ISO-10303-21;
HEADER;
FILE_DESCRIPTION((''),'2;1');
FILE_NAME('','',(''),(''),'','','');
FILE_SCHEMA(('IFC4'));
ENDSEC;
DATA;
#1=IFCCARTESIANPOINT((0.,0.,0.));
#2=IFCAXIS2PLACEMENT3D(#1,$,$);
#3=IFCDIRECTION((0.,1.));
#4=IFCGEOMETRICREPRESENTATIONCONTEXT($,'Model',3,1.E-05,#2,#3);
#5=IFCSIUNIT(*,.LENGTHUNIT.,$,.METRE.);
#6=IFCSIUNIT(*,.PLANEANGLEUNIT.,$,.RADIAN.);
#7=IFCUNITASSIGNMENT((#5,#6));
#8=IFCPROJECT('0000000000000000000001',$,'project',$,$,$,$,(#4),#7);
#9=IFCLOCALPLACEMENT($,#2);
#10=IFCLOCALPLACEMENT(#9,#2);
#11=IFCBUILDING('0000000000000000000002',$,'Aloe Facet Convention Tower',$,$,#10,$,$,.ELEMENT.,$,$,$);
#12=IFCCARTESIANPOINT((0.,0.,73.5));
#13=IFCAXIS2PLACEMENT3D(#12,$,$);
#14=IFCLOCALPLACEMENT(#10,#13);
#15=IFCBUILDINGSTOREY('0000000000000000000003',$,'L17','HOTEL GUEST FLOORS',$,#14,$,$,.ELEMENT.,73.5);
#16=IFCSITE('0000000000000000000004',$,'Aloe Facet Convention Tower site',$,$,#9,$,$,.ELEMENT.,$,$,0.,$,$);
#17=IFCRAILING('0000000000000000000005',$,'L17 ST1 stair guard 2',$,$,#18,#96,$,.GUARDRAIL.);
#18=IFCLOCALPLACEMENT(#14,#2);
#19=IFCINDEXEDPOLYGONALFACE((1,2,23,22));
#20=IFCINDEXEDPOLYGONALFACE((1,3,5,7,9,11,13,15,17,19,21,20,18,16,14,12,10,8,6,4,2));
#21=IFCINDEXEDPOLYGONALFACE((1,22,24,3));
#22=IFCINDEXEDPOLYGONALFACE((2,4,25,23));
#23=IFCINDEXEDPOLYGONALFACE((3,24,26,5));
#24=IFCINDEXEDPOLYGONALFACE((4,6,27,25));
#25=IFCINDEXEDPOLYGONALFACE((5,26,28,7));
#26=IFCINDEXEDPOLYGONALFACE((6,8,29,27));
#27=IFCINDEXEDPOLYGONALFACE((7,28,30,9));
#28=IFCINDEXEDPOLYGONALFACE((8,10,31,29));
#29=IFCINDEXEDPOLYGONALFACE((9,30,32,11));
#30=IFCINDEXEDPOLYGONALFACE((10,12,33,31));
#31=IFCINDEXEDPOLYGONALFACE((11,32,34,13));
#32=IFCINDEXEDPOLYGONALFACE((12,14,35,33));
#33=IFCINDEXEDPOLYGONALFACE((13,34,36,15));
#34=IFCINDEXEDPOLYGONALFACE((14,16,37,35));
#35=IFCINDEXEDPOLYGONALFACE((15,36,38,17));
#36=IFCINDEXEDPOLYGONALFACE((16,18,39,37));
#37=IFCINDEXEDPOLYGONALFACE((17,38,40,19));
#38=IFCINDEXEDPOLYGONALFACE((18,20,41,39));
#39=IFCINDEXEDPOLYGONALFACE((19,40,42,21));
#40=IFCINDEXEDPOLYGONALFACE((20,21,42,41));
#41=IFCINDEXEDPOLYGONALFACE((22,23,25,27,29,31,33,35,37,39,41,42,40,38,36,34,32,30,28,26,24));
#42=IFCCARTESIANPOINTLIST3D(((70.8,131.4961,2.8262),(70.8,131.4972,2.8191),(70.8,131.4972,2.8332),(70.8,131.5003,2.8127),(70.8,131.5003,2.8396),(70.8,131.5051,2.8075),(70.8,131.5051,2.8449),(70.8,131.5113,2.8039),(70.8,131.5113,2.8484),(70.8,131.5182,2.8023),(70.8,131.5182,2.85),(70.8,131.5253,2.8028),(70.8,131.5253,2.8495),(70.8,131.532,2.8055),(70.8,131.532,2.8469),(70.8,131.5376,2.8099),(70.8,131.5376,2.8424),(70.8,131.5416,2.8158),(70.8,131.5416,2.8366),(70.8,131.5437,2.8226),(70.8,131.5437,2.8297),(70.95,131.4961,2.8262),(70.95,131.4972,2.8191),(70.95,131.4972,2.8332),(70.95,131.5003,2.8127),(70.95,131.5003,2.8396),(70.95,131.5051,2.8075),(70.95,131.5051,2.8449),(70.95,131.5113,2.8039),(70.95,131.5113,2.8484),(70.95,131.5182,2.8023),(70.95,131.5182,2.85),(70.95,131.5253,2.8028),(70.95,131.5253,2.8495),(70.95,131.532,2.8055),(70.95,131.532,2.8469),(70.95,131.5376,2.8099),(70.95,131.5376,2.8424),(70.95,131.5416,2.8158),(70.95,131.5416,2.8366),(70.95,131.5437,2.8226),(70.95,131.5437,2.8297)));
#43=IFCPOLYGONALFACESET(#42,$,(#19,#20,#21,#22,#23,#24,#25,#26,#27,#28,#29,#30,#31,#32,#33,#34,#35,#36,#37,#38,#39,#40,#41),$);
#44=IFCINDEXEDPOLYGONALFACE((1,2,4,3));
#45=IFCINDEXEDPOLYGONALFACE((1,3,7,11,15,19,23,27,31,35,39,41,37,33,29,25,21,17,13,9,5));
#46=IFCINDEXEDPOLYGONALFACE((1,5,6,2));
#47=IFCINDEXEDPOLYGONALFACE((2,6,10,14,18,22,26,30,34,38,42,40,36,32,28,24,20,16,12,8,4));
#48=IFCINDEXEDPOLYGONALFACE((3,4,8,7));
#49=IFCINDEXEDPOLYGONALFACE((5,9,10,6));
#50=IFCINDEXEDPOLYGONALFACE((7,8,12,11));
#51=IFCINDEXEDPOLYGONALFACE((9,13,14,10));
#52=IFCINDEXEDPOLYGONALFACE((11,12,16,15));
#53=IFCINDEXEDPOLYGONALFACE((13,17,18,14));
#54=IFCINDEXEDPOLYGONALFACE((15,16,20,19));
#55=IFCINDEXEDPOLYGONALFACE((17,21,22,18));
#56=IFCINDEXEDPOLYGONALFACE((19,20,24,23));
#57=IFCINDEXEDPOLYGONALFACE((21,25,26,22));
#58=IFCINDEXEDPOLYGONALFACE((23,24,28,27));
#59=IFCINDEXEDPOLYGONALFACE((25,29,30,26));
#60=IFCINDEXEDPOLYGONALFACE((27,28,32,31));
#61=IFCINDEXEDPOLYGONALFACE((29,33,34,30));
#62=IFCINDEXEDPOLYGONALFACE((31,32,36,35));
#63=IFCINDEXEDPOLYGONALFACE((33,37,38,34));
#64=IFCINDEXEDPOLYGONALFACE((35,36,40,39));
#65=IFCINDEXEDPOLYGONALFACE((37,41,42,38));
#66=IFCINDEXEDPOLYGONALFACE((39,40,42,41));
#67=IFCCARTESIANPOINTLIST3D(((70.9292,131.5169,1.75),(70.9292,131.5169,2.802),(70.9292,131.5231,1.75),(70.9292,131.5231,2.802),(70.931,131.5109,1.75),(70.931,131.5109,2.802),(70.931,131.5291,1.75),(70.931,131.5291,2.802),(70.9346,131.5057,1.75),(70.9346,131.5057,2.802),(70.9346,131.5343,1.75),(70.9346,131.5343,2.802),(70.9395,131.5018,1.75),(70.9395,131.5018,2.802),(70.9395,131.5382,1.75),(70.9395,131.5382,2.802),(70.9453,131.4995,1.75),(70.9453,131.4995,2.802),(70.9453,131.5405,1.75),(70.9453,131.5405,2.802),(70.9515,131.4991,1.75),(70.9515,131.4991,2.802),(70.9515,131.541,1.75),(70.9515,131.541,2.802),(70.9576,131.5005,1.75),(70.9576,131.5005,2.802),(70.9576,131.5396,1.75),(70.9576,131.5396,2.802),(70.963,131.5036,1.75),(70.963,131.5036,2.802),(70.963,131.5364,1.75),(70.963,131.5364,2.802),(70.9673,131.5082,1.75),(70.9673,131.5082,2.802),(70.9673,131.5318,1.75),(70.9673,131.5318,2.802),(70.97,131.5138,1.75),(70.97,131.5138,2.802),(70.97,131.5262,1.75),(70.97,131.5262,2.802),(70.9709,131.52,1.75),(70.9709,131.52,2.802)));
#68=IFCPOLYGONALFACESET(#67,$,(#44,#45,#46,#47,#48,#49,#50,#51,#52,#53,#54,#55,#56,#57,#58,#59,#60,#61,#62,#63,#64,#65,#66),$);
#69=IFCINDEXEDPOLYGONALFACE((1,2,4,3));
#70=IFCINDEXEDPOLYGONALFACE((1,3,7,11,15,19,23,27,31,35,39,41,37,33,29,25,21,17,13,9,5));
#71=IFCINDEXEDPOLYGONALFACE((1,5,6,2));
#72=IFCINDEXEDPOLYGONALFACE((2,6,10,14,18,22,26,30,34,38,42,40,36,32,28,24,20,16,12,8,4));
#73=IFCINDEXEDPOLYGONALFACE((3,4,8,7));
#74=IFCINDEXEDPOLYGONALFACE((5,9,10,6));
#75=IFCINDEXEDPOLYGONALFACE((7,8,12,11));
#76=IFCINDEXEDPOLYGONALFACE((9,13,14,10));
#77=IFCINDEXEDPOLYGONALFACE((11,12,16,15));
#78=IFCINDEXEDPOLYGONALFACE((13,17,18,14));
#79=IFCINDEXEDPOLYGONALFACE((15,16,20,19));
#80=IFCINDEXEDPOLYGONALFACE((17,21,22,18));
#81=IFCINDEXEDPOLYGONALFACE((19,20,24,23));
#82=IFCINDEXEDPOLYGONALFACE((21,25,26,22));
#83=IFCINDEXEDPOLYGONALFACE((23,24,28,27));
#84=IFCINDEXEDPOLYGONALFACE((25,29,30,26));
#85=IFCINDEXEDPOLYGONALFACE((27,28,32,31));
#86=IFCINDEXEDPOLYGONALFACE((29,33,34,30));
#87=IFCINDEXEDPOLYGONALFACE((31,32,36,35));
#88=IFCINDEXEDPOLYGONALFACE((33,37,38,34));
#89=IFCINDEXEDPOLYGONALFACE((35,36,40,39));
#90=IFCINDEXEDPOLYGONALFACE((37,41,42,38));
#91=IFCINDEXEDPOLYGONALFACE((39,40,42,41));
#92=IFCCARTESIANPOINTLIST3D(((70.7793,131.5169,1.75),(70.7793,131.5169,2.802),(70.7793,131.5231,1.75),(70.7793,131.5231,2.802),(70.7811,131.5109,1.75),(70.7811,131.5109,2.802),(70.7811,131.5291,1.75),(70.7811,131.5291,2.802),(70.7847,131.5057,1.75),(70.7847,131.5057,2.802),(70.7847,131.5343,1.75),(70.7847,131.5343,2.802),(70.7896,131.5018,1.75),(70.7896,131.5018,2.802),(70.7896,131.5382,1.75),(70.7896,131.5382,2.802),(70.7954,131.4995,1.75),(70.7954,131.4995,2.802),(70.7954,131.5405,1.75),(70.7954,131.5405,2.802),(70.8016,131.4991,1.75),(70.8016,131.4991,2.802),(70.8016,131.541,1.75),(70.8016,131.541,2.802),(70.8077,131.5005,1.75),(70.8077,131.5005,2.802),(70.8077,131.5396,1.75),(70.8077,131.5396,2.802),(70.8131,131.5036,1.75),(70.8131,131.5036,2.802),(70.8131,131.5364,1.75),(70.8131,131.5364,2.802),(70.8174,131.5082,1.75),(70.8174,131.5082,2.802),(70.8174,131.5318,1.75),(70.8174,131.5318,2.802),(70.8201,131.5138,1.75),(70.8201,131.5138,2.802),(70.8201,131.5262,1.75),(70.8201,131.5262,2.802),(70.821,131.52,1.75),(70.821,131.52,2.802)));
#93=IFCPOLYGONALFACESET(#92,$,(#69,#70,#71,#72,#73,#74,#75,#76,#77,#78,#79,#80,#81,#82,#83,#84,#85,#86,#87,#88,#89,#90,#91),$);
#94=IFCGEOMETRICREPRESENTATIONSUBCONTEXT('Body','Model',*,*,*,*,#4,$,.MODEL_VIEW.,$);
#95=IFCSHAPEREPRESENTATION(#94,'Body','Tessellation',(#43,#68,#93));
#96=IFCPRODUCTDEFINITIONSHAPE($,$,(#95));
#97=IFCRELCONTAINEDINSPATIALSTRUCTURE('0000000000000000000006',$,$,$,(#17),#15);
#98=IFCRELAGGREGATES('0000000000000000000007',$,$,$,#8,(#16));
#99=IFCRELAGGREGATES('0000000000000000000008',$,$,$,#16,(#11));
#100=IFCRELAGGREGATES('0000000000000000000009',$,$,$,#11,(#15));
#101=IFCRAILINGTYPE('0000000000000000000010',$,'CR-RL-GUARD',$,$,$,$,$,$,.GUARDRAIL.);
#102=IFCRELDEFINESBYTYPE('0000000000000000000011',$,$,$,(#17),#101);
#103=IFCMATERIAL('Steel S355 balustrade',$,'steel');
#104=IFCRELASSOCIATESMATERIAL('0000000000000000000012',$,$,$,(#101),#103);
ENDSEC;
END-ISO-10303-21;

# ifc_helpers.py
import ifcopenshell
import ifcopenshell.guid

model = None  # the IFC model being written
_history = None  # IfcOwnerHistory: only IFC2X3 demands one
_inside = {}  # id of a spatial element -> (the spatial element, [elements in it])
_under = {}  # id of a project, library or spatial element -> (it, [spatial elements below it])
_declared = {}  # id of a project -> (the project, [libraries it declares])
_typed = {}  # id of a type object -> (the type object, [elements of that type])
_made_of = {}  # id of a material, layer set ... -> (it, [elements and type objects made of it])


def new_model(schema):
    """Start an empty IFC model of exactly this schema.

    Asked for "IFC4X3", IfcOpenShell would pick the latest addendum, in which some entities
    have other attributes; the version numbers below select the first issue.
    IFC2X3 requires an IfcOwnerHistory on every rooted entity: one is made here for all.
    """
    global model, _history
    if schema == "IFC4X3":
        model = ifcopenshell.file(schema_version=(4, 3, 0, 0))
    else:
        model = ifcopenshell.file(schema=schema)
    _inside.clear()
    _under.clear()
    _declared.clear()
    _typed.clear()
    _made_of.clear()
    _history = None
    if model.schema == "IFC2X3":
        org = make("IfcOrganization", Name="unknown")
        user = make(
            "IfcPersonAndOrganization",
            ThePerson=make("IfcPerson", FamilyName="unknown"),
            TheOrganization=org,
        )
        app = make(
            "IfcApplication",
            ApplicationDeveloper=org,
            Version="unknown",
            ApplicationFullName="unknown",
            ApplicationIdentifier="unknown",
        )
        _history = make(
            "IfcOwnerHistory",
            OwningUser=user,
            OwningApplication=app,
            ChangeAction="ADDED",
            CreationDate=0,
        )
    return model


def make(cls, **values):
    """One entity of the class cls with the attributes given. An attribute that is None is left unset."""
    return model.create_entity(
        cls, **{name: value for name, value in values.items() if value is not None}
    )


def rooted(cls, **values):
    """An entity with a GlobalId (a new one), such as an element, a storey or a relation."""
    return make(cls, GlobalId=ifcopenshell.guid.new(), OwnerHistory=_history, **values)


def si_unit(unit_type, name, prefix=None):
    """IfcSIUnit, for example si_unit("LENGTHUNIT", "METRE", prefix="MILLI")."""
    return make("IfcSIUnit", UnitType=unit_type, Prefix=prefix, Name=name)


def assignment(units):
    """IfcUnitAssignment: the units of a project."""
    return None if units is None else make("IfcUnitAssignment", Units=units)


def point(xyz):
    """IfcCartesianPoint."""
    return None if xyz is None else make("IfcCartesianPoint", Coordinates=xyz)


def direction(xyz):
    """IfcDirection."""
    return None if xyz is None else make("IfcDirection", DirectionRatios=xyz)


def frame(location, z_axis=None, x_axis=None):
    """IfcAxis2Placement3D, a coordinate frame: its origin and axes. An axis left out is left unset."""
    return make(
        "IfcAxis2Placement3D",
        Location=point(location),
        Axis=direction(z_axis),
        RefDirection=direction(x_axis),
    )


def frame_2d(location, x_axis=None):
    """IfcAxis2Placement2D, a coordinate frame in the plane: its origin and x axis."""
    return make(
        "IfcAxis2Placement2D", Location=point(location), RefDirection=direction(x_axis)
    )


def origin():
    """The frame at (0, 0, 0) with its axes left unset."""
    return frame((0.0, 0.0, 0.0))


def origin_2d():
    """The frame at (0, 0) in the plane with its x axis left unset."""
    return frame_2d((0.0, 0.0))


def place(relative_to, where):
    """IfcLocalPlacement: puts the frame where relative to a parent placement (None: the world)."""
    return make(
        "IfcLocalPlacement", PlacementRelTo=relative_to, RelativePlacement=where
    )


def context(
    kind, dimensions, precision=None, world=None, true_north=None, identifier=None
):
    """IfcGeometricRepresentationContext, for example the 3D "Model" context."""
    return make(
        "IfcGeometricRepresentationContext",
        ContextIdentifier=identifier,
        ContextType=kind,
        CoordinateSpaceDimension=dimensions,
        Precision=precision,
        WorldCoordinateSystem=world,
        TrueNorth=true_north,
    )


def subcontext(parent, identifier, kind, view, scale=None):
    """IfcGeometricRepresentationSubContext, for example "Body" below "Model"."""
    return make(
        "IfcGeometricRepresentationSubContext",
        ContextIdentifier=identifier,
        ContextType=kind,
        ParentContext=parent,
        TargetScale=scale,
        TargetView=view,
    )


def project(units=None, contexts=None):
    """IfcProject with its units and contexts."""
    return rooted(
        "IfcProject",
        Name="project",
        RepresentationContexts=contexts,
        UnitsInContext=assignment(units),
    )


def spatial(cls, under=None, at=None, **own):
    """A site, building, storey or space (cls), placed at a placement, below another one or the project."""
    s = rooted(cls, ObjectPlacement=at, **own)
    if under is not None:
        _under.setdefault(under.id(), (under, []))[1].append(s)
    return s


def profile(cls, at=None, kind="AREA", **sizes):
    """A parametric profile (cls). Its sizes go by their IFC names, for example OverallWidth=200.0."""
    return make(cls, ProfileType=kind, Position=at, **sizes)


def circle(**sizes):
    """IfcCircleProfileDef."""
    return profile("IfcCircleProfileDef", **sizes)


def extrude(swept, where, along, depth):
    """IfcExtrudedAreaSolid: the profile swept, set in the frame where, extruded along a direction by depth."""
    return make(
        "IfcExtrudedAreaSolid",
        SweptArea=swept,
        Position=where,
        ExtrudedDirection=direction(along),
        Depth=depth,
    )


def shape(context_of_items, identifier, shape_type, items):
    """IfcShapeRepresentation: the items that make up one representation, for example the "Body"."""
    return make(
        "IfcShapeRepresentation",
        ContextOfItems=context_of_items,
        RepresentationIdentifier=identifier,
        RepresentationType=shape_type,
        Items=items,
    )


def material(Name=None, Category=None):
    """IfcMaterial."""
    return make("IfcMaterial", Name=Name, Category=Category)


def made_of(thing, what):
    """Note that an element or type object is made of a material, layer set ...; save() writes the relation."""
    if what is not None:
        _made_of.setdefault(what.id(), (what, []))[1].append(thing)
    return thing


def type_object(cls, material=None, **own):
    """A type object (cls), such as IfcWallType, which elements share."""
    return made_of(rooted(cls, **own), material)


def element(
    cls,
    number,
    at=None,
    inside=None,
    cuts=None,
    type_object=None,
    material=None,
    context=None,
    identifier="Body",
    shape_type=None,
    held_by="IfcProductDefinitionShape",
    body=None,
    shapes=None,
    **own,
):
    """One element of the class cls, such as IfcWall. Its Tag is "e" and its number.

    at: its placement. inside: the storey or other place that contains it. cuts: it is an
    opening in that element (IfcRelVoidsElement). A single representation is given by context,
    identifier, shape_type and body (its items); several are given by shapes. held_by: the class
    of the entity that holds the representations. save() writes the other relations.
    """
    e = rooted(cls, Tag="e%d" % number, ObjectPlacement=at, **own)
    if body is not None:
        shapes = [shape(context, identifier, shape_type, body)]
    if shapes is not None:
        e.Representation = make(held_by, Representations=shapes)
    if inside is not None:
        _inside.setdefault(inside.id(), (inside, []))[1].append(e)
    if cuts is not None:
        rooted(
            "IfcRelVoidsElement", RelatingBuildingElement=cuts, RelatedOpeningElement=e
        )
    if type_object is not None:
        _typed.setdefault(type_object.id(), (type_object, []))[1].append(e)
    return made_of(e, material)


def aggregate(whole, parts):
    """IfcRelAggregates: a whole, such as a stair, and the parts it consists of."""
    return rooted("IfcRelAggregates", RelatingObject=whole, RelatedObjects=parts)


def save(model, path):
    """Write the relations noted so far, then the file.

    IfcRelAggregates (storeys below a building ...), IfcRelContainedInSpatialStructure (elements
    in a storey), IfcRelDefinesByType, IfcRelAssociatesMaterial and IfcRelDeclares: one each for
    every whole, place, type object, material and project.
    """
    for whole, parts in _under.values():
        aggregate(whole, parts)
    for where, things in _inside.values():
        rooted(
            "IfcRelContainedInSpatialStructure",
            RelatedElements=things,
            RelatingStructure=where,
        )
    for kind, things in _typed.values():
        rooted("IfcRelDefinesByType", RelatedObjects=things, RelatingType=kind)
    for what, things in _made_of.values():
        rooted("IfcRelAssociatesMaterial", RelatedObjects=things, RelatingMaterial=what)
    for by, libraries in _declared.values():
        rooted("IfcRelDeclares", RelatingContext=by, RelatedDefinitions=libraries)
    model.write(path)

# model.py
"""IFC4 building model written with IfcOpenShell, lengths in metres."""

from ifc_helpers import new_model, si_unit, direction, frame, origin, origin_2d, place, context, subcontext, project, spatial, circle, extrude, material, type_object, element, save


model = new_model("IFC4")

# Units and contexts
model_context = context("Model", 3, precision=1e-05, world=origin(), true_north=direction((0.0, 1.0)))
body_context = subcontext(model_context, "Body", "Model", "MODEL_VIEW")
ifc_project = project(units=[si_unit("LENGTHUNIT", "METRE"), si_unit("PLANEANGLEUNIT", "RADIAN")], contexts=[model_context])

# Site, building, storey
site_placement = place(None, origin())
site = spatial("IfcSite", under=ifc_project, at=site_placement, Name="Aloe Facet Convention Tower site", CompositionType="ELEMENT", RefElevation=0.0)
building_placement = place(site_placement, origin())
building = spatial("IfcBuilding", under=site, at=building_placement, Name="Aloe Facet Convention Tower", CompositionType="ELEMENT")
storey_placement = place(building_placement, frame((0.0, 0.0, 73.5)))
storey = spatial("IfcBuildingStorey", under=building, at=storey_placement, Name="L17", Description="HOTEL GUEST FLOORS", CompositionType="ELEMENT", Elevation=73.5)

# Railing
ifc_material_1 = material(Name="Steel S355 balustrade", Category="steel")
railing_type_1 = type_object("IfcRailingType", Name="CR-RL-GUARD", PredefinedType="GUARDRAIL", material=ifc_material_1)
railing_1_placement = place(storey_placement, frame((70.95, 131.52, 1.75)))
element("IfcRailing", 1, at=railing_1_placement, inside=storey, type_object=railing_type_1, Name="L17 ST1 stair guard 2", PredefinedType="GUARDRAIL", context=body_context, shape_type="SweptSolid", body=[
    extrude(circle(Radius=0.0239, at=origin_2d()), frame((0.0, 0.0, 1.0762), z_axis=(-1.0, 0.0, 0.0), x_axis=(0.0, -1.0, 0.0)), (0.0, 0.0, 1.0), 0.1499),
    extrude(circle(Radius=0.021, at=origin_2d()), origin(), (0.0, 0.0, 1.0), 1.052),
    extrude(circle(Radius=0.021, at=origin_2d()), frame((-0.1499, 0.0, 0.0)), (0.0, 0.0, 1.0), 1.052),
])

save(model, "model.ifc")
